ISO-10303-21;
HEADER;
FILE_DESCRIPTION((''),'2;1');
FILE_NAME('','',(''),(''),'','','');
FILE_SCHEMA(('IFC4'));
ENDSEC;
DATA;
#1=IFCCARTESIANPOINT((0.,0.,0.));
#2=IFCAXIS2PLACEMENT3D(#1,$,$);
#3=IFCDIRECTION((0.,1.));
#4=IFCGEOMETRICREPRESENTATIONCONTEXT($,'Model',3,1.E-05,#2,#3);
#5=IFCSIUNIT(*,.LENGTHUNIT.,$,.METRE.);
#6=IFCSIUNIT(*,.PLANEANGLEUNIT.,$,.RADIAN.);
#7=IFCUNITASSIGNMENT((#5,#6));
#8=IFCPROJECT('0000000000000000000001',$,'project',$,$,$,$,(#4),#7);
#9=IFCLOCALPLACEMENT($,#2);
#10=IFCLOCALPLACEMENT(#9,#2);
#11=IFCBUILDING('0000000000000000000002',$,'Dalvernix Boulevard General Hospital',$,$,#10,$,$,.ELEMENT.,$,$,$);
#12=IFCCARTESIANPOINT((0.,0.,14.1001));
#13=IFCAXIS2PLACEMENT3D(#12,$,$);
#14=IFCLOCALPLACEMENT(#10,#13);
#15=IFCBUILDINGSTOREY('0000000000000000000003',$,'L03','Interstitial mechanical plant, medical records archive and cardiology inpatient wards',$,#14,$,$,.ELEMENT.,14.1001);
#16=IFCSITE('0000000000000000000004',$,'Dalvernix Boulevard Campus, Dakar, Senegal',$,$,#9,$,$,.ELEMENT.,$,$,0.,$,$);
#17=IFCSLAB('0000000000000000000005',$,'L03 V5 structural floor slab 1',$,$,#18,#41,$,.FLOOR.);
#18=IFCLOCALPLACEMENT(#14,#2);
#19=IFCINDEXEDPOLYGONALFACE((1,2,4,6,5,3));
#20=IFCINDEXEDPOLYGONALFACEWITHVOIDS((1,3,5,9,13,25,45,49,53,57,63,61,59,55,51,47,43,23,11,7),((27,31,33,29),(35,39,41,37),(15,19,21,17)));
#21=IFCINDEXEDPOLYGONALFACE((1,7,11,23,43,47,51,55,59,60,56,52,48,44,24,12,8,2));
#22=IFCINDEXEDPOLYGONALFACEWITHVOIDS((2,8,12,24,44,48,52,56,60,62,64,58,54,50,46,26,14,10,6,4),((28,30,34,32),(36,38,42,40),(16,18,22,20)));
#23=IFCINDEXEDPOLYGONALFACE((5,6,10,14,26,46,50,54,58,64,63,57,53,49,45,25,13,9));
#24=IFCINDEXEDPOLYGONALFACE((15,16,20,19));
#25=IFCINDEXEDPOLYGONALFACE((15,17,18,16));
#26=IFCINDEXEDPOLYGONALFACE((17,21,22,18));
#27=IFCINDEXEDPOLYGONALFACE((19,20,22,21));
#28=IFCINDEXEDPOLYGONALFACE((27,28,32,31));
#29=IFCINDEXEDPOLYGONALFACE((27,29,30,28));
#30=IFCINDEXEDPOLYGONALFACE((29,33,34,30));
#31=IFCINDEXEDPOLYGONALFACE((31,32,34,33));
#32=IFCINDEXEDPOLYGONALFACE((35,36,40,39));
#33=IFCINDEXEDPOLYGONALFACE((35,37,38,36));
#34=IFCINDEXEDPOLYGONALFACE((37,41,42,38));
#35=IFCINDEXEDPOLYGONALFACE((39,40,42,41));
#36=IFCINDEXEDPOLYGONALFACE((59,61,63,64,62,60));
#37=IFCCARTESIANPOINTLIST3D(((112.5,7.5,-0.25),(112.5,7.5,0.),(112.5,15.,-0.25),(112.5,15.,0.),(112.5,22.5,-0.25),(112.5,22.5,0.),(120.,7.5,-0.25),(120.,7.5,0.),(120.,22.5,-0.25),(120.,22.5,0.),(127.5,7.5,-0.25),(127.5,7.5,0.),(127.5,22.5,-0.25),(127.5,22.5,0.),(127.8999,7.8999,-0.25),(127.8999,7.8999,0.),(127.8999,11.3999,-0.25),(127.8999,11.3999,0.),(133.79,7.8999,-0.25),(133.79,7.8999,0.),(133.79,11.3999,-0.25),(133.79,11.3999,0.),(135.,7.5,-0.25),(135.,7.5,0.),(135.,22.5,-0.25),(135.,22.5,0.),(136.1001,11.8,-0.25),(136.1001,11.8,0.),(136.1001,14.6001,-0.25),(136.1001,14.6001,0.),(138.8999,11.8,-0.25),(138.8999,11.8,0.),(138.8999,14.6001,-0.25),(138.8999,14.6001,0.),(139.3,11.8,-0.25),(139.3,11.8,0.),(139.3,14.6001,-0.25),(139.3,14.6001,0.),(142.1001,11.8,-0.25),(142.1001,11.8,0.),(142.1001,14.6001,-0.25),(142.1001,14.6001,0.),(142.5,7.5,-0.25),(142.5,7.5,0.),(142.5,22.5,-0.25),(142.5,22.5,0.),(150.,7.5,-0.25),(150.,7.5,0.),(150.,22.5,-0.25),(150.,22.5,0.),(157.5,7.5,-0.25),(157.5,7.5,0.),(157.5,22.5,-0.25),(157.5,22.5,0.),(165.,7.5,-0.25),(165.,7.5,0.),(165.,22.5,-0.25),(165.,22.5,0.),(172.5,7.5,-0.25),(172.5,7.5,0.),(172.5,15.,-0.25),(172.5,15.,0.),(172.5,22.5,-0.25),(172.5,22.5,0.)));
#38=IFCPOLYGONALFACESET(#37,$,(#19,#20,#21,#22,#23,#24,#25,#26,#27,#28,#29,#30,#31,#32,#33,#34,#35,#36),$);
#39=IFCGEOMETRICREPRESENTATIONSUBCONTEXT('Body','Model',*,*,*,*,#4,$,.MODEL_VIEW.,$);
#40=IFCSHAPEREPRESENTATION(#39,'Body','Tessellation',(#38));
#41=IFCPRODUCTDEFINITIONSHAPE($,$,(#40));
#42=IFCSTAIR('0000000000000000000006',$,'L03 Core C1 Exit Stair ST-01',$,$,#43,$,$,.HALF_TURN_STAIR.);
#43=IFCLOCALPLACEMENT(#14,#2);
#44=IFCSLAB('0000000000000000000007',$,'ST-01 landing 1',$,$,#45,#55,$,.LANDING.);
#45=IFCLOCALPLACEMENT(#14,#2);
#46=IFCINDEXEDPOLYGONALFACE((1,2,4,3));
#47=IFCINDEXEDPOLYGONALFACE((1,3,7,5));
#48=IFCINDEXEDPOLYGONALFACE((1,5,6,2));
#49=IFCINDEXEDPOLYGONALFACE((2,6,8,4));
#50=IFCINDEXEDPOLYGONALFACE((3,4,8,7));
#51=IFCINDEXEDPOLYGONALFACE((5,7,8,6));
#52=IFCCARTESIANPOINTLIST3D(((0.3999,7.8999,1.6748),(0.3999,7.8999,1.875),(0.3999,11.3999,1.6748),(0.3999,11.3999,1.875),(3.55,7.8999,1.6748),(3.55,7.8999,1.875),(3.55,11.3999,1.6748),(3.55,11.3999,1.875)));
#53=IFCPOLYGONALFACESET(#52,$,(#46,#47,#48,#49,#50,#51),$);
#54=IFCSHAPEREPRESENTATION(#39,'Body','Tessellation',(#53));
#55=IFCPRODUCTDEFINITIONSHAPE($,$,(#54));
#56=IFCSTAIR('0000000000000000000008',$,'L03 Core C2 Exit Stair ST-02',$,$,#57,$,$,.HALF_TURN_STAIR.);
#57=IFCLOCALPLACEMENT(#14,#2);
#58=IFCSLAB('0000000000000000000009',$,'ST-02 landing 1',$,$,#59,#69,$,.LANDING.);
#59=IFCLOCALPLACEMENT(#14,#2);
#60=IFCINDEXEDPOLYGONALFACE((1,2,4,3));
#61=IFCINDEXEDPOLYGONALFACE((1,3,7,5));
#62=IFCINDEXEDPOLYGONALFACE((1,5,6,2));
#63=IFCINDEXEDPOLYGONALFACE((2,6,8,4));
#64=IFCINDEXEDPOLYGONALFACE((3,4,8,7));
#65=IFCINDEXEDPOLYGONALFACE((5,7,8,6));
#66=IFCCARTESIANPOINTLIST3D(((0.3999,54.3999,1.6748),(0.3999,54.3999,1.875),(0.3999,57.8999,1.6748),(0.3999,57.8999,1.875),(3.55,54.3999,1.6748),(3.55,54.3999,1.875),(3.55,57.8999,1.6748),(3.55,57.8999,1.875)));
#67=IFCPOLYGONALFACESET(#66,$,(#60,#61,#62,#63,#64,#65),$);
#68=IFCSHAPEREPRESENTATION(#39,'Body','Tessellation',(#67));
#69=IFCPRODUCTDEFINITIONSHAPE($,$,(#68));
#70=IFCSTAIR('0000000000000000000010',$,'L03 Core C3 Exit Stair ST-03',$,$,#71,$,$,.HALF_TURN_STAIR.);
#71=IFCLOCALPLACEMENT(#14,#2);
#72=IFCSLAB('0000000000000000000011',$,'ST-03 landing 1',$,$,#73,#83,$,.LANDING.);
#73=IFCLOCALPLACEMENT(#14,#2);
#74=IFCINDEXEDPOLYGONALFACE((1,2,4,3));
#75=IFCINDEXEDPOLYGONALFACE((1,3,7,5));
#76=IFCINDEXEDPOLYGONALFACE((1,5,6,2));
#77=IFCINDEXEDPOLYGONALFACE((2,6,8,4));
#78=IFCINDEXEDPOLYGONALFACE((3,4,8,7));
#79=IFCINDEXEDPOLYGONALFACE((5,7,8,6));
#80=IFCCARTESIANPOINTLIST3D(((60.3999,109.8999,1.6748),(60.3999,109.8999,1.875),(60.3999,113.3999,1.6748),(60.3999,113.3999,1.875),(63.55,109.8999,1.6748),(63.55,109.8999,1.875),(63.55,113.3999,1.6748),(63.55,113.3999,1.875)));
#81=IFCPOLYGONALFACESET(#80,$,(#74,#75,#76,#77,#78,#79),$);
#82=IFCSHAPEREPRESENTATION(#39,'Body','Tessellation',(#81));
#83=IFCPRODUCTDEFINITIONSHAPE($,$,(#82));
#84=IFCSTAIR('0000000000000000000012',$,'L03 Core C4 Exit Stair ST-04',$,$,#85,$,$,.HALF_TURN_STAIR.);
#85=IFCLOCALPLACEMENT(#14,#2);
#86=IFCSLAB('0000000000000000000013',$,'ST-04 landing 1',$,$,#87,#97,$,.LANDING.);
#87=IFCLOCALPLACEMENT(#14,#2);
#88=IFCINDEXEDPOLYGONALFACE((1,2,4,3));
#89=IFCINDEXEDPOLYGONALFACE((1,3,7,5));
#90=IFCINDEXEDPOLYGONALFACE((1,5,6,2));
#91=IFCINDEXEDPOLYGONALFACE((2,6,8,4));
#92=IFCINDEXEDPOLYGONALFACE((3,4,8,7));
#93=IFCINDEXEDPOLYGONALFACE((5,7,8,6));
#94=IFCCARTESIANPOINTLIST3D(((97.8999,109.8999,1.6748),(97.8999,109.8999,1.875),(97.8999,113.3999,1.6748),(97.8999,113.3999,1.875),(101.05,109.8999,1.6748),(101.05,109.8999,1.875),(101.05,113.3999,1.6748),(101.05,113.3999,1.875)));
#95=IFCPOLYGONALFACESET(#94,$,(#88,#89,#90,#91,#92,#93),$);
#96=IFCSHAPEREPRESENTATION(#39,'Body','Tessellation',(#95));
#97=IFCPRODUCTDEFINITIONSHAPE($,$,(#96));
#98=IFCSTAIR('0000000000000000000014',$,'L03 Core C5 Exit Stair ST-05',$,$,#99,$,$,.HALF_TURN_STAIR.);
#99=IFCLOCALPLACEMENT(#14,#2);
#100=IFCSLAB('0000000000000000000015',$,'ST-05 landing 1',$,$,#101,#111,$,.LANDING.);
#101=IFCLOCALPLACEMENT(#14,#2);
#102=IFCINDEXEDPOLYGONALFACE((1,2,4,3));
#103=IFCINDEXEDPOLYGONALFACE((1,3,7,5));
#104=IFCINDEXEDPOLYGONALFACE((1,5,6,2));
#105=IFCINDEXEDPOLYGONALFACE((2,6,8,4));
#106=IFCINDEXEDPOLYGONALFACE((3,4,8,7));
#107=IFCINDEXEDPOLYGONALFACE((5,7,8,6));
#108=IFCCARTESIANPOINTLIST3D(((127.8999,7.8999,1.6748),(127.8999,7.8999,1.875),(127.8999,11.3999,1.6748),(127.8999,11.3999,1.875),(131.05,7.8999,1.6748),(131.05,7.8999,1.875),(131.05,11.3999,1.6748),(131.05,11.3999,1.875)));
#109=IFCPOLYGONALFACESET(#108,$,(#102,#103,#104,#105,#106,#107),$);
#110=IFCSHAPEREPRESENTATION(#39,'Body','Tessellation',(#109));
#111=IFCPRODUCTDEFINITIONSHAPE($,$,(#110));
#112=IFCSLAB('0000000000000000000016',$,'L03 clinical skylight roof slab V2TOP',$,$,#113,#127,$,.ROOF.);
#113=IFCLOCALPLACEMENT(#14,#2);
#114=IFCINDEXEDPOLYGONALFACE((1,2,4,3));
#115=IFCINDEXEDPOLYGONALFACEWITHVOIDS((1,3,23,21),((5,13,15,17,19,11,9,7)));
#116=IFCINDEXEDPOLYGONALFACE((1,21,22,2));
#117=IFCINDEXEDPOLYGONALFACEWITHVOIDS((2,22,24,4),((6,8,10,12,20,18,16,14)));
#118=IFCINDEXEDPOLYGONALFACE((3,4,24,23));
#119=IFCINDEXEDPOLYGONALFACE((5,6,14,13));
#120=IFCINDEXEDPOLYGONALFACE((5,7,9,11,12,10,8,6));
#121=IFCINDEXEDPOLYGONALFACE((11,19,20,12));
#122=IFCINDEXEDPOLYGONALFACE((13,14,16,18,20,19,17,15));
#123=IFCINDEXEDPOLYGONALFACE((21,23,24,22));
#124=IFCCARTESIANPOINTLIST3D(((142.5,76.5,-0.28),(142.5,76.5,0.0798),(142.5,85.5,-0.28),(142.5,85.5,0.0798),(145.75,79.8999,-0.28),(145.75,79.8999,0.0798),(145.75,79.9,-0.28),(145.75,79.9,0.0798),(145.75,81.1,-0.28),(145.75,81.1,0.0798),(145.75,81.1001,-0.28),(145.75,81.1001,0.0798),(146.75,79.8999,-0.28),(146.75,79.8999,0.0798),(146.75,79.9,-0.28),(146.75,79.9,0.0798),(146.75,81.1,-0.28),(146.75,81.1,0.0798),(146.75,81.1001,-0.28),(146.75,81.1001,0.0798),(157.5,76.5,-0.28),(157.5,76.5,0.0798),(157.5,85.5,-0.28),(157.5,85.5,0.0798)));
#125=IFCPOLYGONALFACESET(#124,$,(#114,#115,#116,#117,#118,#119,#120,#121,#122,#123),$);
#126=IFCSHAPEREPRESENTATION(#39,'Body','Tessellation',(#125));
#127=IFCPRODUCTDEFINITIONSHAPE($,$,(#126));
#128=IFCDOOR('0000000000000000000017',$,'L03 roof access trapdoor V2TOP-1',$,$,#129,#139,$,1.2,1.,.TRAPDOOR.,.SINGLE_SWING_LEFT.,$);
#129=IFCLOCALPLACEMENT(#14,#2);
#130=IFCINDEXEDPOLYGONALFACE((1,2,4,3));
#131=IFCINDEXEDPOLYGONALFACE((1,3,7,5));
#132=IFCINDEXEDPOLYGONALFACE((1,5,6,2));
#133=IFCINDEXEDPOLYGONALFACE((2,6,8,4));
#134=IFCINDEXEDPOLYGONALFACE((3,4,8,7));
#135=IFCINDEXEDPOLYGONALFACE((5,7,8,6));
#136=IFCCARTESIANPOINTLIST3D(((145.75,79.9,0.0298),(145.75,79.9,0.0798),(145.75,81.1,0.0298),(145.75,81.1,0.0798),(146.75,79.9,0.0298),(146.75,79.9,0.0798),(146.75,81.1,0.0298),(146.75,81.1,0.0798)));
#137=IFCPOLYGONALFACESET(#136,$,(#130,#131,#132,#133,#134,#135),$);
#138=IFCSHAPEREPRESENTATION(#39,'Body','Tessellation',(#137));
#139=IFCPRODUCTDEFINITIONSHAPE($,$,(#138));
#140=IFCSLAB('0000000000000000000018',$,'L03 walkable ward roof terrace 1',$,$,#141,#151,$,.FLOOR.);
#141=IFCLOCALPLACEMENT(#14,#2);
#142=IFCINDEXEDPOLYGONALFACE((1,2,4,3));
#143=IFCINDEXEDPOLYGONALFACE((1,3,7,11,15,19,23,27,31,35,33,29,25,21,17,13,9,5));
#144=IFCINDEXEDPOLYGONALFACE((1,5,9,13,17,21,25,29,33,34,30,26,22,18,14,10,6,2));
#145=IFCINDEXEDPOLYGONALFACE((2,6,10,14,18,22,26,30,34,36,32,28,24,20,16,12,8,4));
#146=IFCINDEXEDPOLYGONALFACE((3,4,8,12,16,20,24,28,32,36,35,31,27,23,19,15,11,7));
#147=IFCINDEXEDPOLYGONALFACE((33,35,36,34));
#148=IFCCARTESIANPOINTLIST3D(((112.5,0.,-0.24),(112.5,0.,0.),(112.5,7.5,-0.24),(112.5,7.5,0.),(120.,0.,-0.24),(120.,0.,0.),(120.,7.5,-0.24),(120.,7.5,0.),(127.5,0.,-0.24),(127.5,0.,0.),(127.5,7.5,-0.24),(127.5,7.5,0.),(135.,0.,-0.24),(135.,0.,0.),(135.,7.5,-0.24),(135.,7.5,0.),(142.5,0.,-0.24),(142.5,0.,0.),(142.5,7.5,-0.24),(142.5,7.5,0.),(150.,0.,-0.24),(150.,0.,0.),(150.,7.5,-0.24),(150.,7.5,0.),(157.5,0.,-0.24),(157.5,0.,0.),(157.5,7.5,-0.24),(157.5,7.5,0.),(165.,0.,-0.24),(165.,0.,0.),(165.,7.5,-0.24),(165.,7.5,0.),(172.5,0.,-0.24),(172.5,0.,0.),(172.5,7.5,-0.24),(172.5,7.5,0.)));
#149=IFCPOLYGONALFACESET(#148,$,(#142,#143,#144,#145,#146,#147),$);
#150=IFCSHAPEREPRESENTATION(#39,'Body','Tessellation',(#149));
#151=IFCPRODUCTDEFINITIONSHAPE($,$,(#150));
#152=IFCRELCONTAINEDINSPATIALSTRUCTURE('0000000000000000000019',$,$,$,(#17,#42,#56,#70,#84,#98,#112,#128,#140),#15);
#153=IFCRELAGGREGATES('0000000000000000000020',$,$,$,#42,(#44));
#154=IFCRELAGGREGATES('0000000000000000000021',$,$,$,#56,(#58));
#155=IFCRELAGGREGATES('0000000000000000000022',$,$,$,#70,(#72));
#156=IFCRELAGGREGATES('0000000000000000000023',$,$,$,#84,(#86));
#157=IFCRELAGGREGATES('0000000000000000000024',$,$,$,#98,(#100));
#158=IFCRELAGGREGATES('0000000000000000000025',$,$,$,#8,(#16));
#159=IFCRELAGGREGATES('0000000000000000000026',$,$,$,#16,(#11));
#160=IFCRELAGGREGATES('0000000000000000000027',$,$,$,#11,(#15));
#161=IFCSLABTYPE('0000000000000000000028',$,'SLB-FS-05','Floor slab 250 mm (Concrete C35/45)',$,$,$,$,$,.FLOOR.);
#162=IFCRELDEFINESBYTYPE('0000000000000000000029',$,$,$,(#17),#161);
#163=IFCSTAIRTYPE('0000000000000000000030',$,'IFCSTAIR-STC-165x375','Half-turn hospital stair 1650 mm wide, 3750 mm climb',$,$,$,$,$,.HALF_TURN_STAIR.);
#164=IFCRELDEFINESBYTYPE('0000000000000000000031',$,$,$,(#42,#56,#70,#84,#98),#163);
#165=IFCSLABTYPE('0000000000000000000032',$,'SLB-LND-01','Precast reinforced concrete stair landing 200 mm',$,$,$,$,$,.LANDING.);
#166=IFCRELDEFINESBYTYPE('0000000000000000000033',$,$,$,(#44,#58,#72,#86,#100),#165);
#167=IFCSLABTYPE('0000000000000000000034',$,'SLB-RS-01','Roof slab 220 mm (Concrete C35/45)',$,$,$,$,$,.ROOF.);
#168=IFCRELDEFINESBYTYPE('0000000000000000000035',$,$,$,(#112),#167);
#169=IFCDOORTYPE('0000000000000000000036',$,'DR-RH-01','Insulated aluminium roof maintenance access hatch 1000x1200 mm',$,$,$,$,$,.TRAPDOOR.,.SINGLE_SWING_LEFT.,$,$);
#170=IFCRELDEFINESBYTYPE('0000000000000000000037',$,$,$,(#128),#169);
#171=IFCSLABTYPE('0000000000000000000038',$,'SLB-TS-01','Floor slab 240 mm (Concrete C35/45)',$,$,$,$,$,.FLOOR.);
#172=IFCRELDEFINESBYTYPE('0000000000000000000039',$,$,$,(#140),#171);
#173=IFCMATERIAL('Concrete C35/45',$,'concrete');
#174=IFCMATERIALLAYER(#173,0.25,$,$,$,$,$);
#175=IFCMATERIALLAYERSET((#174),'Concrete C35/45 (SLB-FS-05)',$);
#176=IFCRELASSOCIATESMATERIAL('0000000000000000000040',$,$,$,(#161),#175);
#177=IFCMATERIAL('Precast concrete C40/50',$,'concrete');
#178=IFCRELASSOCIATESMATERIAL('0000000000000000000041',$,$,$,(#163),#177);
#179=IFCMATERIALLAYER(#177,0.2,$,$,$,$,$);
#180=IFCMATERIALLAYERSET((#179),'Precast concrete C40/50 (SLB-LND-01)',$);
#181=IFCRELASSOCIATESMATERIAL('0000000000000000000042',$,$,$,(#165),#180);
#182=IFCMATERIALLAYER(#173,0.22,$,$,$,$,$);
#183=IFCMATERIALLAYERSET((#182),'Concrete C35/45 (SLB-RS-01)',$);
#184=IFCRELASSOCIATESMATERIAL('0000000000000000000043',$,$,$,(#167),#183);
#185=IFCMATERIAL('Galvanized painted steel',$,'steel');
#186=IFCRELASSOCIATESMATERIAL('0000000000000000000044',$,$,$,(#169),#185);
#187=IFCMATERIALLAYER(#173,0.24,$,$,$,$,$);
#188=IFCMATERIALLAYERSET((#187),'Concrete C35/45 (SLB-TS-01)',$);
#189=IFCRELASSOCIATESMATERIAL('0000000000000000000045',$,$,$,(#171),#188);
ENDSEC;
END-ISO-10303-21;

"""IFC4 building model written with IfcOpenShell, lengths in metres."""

from ifc_helpers import new_model, si_unit, direction, frame, origin, origin_2d, place, context, subcontext, project, spatial, polyline, rectangle, outline, extrude, material, layer, layer_set, type_object, element, fill, aggregate, save


model = new_model("IFC4")

# Units and contexts
model_context = context("Model", 3, precision=1e-05, world=origin(), true_north=direction((0.0, 1.0)))
body_context = subcontext(model_context, "Body", "Model", "MODEL_VIEW")
ifc_project = project(units=[si_unit("LENGTHUNIT", "METRE"), si_unit("PLANEANGLEUNIT", "RADIAN")], contexts=[model_context])

# Site, building, storey
site_placement = place(None, origin())
site = spatial("IfcSite", under=ifc_project, at=site_placement, Name="Dalvernix Boulevard Campus, Dakar, Senegal", CompositionType="ELEMENT", RefElevation=0.0)
building_placement = place(site_placement, origin())
building = spatial("IfcBuilding", under=site, at=building_placement, Name="Dalvernix Boulevard General Hospital", CompositionType="ELEMENT")
storey_placement = place(building_placement, frame((0.0, 0.0, 14.1001)))
storey = spatial("IfcBuildingStorey", under=building, at=storey_placement, Name="L03", Description="Interstitial mechanical plant, medical records archive and cardiology inpatient wards", CompositionType="ELEMENT", Elevation=14.1001)

# Shared definitions
ifc_material_1 = material(Name="Concrete C35/45", Category="concrete")

# Slab
ifc_layer_1 = layer(ifc_material_1, 0.25)
ifc_layer_set_1 = layer_set([ifc_layer_1], Name="Concrete C35/45 (SLB-FS-05)")
slab_type_1 = type_object("IfcSlabType", Name="SLB-FS-05", Description="Floor slab 250 mm (Concrete C35/45)", PredefinedType="FLOOR", material=ifc_layer_set_1)
slab_1_placement = place(storey_placement, frame((0.0, 0.0, -0.25)))
element("IfcSlab", 1, at=slab_1_placement, inside=storey, type_object=slab_type_1, Name="L03 V5 structural floor slab 1", PredefinedType="FLOOR", context=body_context, shape_type="SweptSolid", body=[
    extrude(outline(polyline([(112.5, 7.5), (112.5, 15.0), (112.5, 22.5), (120.0, 22.5), (127.5, 22.5), (135.0, 22.5), (142.5, 22.5), (150.0, 22.5), (157.5, 22.5), (165.0, 22.5), (172.5, 22.5), (172.5, 15.0), (172.5, 7.5), (165.0, 7.5), (157.5, 7.5), (150.0, 7.5), (142.5, 7.5), (135.0, 7.5), (127.5, 7.5), (120.0, 7.5), (112.5, 7.5)]), holes=[polyline([(127.8999, 7.8999), (133.79, 7.8999), (133.79, 11.3999), (127.8999, 11.3999), (127.8999, 7.8999)]), polyline([(136.1001, 14.6001), (136.1001, 11.8), (138.8999, 11.8), (138.8999, 14.6001), (136.1001, 14.6001)]), polyline([(142.1001, 14.6001), (139.3, 14.6001), (139.3, 11.8), (142.1001, 11.8), (142.1001, 14.6001)])]), origin(), (0.0, 0.0, 1.0), 0.25),
])

# Stairs, slabs
ifc_material_2 = material(Name="Precast concrete C40/50", Category="concrete")
stair_type = type_object("IfcStairType", Name="IFCSTAIR-STC-165x375", Description="Half-turn hospital stair 1650 mm wide, 3750 mm climb", PredefinedType="HALF_TURN_STAIR", material=ifc_material_2)
stair_1_placement = place(storey_placement, origin())
stair_1 = element("IfcStair", 2, at=stair_1_placement, inside=storey, type_object=stair_type, Name="L03 Core C1 Exit Stair ST-01", PredefinedType="HALF_TURN_STAIR")
ifc_layer_2 = layer(ifc_material_2, 0.2)
ifc_layer_set_2 = layer_set([ifc_layer_2], Name="Precast concrete C40/50 (SLB-LND-01)")
slab_type_2 = type_object("IfcSlabType", Name="SLB-LND-01", Description="Precast reinforced concrete stair landing 200 mm", PredefinedType="LANDING", material=ifc_layer_set_2)
slab_2_placement = place(storey_placement, frame((0.0, 0.0, 1.6748)))
slab_2 = element("IfcSlab", 3, at=slab_2_placement, type_object=slab_type_2, Name="ST-01 landing 1", PredefinedType="LANDING", context=body_context, shape_type="SweptSolid", body=[
    extrude(outline(polyline([(3.55, 11.3999), (0.3999, 11.3999), (0.3999, 7.8999), (3.55, 7.8999), (3.55, 11.3999)])), origin(), (0.0, 0.0, 1.0), 0.2002),
])
aggregate(stair_1, [slab_2])
stair_2_placement = place(storey_placement, origin())
stair_2 = element("IfcStair", 4, at=stair_2_placement, inside=storey, type_object=stair_type, Name="L03 Core C2 Exit Stair ST-02", PredefinedType="HALF_TURN_STAIR")
slab_3_placement = place(storey_placement, frame((0.0, 0.0, 1.6748)))
slab_3 = element("IfcSlab", 5, at=slab_3_placement, type_object=slab_type_2, Name="ST-02 landing 1", PredefinedType="LANDING", context=body_context, shape_type="SweptSolid", body=[
    extrude(outline(polyline([(3.55, 57.8999), (0.3999, 57.8999), (0.3999, 54.3999), (3.55, 54.3999), (3.55, 57.8999)])), origin(), (0.0, 0.0, 1.0), 0.2002),
])
aggregate(stair_2, [slab_3])
stair_3_placement = place(storey_placement, origin())
stair_3 = element("IfcStair", 6, at=stair_3_placement, inside=storey, type_object=stair_type, Name="L03 Core C3 Exit Stair ST-03", PredefinedType="HALF_TURN_STAIR")
slab_4_placement = place(storey_placement, frame((0.0, 0.0, 1.6748)))
slab_4 = element("IfcSlab", 7, at=slab_4_placement, type_object=slab_type_2, Name="ST-03 landing 1", PredefinedType="LANDING", context=body_context, shape_type="SweptSolid", body=[
    extrude(outline(polyline([(63.55, 113.3999), (60.3999, 113.3999), (60.3999, 109.8999), (63.55, 109.8999), (63.55, 113.3999)])), origin(), (0.0, 0.0, 1.0), 0.2002),
])
aggregate(stair_3, [slab_4])
stair_4_placement = place(storey_placement, origin())
stair_4 = element("IfcStair", 8, at=stair_4_placement, inside=storey, type_object=stair_type, Name="L03 Core C4 Exit Stair ST-04", PredefinedType="HALF_TURN_STAIR")
slab_5_placement = place(storey_placement, frame((0.0, 0.0, 1.6748)))
slab_5 = element("IfcSlab", 9, at=slab_5_placement, type_object=slab_type_2, Name="ST-04 landing 1", PredefinedType="LANDING", context=body_context, shape_type="SweptSolid", body=[
    extrude(outline(polyline([(101.05, 113.3999), (97.8999, 113.3999), (97.8999, 109.8999), (101.05, 109.8999), (101.05, 113.3999)])), origin(), (0.0, 0.0, 1.0), 0.2002),
])
aggregate(stair_4, [slab_5])
stair_5_placement = place(storey_placement, origin())
stair_5 = element("IfcStair", 10, at=stair_5_placement, inside=storey, type_object=stair_type, Name="L03 Core C5 Exit Stair ST-05", PredefinedType="HALF_TURN_STAIR")
slab_6_placement = place(storey_placement, frame((0.0, 0.0, 1.6748)))
slab_6 = element("IfcSlab", 11, at=slab_6_placement, type_object=slab_type_2, Name="ST-05 landing 1", PredefinedType="LANDING", context=body_context, shape_type="SweptSolid", body=[
    extrude(outline(polyline([(131.05, 11.3999), (127.8999, 11.3999), (127.8999, 7.8999), (131.05, 7.8999), (131.05, 11.3999)])), origin(), (0.0, 0.0, 1.0), 0.2002),
])
aggregate(stair_5, [slab_6])

# Slab, opening, door
ifc_layer_3 = layer(ifc_material_1, 0.22)
ifc_layer_set_3 = layer_set([ifc_layer_3], Name="Concrete C35/45 (SLB-RS-01)")
slab_type_3 = type_object("IfcSlabType", Name="SLB-RS-01", Description="Roof slab 220 mm (Concrete C35/45)", PredefinedType="ROOF", material=ifc_layer_set_3)
slab_7_placement = place(storey_placement, frame((0.0, 0.0, -0.28)))
slab_7 = element("IfcSlab", 12, at=slab_7_placement, inside=storey, type_object=slab_type_3, Name="L03 clinical skylight roof slab V2TOP", PredefinedType="ROOF", context=body_context, shape_type="SweptSolid", body=[
    extrude(outline(polyline([(142.5, 76.5), (157.5, 76.5), (157.5, 85.5), (142.5, 85.5), (142.5, 76.5)]), holes=[polyline([(145.75, 79.8999), (146.75, 79.8999), (146.75, 81.1001), (145.75, 81.1001), (145.75, 79.8999)])]), origin(), (0.0, 0.0, 1.0), 0.3599),
])
opening_1_placement = place(slab_7_placement, frame((146.25, 80.5, 0.0)))
opening_1 = element("IfcOpeningElement", 13, at=opening_1_placement, cuts=slab_7, PredefinedType="OPENING", context=body_context, shape_type="SweptSolid", body=[
    extrude(rectangle(XDim=1.0, YDim=1.2, at=origin_2d()), origin(), (0.0, 0.0, 1.0), 0.3599),
])
ifc_material_3 = material(Name="Galvanized painted steel", Category="steel")
door_type = type_object("IfcDoorType", Name="DR-RH-01", Description="Insulated aluminium roof maintenance access hatch 1000x1200 mm", OperationType="SINGLE_SWING_LEFT", PredefinedType="TRAPDOOR", material=ifc_material_3)
door_placement = place(opening_1_placement, frame((0.0, 0.0, 0.3098)))
door = element("IfcDoor", 14, at=door_placement, inside=storey, type_object=door_type, Name="L03 roof access trapdoor V2TOP-1", OperationType="SINGLE_SWING_LEFT", OverallHeight=1.2, OverallWidth=1.0, PredefinedType="TRAPDOOR", context=body_context, shape_type="SweptSolid", body=[
    extrude(rectangle(XDim=1.0, YDim=1.2, at=origin_2d()), origin(), (0.0, 0.0, 1.0), 0.05),
])
fill(opening_1, door)

# Slab
ifc_layer_4 = layer(ifc_material_1, 0.24)
ifc_layer_set_4 = layer_set([ifc_layer_4], Name="Concrete C35/45 (SLB-TS-01)")
slab_type_4 = type_object("IfcSlabType", Name="SLB-TS-01", Description="Floor slab 240 mm (Concrete C35/45)", PredefinedType="FLOOR", material=ifc_layer_set_4)
slab_8_placement = place(storey_placement, frame((0.0, 0.0, -0.24)))
element("IfcSlab", 15, at=slab_8_placement, inside=storey, type_object=slab_type_4, Name="L03 walkable ward roof terrace 1", PredefinedType="FLOOR", context=body_context, shape_type="SweptSolid", body=[
    extrude(outline(polyline([(120.0, 7.5), (127.5, 7.5), (135.0, 7.5), (142.5, 7.5), (150.0, 7.5), (157.5, 7.5), (165.0, 7.5), (172.5, 7.5), (172.5, 0.0), (165.0, 0.0), (157.5, 0.0), (150.0, 0.0), (142.5, 0.0), (135.0, 0.0), (127.5, 0.0), (120.0, 0.0), (112.5, 0.0), (112.5, 7.5), (120.0, 7.5)])), origin(), (0.0, 0.0, 1.0), 0.24),
])

save(model, "model.ifc")
